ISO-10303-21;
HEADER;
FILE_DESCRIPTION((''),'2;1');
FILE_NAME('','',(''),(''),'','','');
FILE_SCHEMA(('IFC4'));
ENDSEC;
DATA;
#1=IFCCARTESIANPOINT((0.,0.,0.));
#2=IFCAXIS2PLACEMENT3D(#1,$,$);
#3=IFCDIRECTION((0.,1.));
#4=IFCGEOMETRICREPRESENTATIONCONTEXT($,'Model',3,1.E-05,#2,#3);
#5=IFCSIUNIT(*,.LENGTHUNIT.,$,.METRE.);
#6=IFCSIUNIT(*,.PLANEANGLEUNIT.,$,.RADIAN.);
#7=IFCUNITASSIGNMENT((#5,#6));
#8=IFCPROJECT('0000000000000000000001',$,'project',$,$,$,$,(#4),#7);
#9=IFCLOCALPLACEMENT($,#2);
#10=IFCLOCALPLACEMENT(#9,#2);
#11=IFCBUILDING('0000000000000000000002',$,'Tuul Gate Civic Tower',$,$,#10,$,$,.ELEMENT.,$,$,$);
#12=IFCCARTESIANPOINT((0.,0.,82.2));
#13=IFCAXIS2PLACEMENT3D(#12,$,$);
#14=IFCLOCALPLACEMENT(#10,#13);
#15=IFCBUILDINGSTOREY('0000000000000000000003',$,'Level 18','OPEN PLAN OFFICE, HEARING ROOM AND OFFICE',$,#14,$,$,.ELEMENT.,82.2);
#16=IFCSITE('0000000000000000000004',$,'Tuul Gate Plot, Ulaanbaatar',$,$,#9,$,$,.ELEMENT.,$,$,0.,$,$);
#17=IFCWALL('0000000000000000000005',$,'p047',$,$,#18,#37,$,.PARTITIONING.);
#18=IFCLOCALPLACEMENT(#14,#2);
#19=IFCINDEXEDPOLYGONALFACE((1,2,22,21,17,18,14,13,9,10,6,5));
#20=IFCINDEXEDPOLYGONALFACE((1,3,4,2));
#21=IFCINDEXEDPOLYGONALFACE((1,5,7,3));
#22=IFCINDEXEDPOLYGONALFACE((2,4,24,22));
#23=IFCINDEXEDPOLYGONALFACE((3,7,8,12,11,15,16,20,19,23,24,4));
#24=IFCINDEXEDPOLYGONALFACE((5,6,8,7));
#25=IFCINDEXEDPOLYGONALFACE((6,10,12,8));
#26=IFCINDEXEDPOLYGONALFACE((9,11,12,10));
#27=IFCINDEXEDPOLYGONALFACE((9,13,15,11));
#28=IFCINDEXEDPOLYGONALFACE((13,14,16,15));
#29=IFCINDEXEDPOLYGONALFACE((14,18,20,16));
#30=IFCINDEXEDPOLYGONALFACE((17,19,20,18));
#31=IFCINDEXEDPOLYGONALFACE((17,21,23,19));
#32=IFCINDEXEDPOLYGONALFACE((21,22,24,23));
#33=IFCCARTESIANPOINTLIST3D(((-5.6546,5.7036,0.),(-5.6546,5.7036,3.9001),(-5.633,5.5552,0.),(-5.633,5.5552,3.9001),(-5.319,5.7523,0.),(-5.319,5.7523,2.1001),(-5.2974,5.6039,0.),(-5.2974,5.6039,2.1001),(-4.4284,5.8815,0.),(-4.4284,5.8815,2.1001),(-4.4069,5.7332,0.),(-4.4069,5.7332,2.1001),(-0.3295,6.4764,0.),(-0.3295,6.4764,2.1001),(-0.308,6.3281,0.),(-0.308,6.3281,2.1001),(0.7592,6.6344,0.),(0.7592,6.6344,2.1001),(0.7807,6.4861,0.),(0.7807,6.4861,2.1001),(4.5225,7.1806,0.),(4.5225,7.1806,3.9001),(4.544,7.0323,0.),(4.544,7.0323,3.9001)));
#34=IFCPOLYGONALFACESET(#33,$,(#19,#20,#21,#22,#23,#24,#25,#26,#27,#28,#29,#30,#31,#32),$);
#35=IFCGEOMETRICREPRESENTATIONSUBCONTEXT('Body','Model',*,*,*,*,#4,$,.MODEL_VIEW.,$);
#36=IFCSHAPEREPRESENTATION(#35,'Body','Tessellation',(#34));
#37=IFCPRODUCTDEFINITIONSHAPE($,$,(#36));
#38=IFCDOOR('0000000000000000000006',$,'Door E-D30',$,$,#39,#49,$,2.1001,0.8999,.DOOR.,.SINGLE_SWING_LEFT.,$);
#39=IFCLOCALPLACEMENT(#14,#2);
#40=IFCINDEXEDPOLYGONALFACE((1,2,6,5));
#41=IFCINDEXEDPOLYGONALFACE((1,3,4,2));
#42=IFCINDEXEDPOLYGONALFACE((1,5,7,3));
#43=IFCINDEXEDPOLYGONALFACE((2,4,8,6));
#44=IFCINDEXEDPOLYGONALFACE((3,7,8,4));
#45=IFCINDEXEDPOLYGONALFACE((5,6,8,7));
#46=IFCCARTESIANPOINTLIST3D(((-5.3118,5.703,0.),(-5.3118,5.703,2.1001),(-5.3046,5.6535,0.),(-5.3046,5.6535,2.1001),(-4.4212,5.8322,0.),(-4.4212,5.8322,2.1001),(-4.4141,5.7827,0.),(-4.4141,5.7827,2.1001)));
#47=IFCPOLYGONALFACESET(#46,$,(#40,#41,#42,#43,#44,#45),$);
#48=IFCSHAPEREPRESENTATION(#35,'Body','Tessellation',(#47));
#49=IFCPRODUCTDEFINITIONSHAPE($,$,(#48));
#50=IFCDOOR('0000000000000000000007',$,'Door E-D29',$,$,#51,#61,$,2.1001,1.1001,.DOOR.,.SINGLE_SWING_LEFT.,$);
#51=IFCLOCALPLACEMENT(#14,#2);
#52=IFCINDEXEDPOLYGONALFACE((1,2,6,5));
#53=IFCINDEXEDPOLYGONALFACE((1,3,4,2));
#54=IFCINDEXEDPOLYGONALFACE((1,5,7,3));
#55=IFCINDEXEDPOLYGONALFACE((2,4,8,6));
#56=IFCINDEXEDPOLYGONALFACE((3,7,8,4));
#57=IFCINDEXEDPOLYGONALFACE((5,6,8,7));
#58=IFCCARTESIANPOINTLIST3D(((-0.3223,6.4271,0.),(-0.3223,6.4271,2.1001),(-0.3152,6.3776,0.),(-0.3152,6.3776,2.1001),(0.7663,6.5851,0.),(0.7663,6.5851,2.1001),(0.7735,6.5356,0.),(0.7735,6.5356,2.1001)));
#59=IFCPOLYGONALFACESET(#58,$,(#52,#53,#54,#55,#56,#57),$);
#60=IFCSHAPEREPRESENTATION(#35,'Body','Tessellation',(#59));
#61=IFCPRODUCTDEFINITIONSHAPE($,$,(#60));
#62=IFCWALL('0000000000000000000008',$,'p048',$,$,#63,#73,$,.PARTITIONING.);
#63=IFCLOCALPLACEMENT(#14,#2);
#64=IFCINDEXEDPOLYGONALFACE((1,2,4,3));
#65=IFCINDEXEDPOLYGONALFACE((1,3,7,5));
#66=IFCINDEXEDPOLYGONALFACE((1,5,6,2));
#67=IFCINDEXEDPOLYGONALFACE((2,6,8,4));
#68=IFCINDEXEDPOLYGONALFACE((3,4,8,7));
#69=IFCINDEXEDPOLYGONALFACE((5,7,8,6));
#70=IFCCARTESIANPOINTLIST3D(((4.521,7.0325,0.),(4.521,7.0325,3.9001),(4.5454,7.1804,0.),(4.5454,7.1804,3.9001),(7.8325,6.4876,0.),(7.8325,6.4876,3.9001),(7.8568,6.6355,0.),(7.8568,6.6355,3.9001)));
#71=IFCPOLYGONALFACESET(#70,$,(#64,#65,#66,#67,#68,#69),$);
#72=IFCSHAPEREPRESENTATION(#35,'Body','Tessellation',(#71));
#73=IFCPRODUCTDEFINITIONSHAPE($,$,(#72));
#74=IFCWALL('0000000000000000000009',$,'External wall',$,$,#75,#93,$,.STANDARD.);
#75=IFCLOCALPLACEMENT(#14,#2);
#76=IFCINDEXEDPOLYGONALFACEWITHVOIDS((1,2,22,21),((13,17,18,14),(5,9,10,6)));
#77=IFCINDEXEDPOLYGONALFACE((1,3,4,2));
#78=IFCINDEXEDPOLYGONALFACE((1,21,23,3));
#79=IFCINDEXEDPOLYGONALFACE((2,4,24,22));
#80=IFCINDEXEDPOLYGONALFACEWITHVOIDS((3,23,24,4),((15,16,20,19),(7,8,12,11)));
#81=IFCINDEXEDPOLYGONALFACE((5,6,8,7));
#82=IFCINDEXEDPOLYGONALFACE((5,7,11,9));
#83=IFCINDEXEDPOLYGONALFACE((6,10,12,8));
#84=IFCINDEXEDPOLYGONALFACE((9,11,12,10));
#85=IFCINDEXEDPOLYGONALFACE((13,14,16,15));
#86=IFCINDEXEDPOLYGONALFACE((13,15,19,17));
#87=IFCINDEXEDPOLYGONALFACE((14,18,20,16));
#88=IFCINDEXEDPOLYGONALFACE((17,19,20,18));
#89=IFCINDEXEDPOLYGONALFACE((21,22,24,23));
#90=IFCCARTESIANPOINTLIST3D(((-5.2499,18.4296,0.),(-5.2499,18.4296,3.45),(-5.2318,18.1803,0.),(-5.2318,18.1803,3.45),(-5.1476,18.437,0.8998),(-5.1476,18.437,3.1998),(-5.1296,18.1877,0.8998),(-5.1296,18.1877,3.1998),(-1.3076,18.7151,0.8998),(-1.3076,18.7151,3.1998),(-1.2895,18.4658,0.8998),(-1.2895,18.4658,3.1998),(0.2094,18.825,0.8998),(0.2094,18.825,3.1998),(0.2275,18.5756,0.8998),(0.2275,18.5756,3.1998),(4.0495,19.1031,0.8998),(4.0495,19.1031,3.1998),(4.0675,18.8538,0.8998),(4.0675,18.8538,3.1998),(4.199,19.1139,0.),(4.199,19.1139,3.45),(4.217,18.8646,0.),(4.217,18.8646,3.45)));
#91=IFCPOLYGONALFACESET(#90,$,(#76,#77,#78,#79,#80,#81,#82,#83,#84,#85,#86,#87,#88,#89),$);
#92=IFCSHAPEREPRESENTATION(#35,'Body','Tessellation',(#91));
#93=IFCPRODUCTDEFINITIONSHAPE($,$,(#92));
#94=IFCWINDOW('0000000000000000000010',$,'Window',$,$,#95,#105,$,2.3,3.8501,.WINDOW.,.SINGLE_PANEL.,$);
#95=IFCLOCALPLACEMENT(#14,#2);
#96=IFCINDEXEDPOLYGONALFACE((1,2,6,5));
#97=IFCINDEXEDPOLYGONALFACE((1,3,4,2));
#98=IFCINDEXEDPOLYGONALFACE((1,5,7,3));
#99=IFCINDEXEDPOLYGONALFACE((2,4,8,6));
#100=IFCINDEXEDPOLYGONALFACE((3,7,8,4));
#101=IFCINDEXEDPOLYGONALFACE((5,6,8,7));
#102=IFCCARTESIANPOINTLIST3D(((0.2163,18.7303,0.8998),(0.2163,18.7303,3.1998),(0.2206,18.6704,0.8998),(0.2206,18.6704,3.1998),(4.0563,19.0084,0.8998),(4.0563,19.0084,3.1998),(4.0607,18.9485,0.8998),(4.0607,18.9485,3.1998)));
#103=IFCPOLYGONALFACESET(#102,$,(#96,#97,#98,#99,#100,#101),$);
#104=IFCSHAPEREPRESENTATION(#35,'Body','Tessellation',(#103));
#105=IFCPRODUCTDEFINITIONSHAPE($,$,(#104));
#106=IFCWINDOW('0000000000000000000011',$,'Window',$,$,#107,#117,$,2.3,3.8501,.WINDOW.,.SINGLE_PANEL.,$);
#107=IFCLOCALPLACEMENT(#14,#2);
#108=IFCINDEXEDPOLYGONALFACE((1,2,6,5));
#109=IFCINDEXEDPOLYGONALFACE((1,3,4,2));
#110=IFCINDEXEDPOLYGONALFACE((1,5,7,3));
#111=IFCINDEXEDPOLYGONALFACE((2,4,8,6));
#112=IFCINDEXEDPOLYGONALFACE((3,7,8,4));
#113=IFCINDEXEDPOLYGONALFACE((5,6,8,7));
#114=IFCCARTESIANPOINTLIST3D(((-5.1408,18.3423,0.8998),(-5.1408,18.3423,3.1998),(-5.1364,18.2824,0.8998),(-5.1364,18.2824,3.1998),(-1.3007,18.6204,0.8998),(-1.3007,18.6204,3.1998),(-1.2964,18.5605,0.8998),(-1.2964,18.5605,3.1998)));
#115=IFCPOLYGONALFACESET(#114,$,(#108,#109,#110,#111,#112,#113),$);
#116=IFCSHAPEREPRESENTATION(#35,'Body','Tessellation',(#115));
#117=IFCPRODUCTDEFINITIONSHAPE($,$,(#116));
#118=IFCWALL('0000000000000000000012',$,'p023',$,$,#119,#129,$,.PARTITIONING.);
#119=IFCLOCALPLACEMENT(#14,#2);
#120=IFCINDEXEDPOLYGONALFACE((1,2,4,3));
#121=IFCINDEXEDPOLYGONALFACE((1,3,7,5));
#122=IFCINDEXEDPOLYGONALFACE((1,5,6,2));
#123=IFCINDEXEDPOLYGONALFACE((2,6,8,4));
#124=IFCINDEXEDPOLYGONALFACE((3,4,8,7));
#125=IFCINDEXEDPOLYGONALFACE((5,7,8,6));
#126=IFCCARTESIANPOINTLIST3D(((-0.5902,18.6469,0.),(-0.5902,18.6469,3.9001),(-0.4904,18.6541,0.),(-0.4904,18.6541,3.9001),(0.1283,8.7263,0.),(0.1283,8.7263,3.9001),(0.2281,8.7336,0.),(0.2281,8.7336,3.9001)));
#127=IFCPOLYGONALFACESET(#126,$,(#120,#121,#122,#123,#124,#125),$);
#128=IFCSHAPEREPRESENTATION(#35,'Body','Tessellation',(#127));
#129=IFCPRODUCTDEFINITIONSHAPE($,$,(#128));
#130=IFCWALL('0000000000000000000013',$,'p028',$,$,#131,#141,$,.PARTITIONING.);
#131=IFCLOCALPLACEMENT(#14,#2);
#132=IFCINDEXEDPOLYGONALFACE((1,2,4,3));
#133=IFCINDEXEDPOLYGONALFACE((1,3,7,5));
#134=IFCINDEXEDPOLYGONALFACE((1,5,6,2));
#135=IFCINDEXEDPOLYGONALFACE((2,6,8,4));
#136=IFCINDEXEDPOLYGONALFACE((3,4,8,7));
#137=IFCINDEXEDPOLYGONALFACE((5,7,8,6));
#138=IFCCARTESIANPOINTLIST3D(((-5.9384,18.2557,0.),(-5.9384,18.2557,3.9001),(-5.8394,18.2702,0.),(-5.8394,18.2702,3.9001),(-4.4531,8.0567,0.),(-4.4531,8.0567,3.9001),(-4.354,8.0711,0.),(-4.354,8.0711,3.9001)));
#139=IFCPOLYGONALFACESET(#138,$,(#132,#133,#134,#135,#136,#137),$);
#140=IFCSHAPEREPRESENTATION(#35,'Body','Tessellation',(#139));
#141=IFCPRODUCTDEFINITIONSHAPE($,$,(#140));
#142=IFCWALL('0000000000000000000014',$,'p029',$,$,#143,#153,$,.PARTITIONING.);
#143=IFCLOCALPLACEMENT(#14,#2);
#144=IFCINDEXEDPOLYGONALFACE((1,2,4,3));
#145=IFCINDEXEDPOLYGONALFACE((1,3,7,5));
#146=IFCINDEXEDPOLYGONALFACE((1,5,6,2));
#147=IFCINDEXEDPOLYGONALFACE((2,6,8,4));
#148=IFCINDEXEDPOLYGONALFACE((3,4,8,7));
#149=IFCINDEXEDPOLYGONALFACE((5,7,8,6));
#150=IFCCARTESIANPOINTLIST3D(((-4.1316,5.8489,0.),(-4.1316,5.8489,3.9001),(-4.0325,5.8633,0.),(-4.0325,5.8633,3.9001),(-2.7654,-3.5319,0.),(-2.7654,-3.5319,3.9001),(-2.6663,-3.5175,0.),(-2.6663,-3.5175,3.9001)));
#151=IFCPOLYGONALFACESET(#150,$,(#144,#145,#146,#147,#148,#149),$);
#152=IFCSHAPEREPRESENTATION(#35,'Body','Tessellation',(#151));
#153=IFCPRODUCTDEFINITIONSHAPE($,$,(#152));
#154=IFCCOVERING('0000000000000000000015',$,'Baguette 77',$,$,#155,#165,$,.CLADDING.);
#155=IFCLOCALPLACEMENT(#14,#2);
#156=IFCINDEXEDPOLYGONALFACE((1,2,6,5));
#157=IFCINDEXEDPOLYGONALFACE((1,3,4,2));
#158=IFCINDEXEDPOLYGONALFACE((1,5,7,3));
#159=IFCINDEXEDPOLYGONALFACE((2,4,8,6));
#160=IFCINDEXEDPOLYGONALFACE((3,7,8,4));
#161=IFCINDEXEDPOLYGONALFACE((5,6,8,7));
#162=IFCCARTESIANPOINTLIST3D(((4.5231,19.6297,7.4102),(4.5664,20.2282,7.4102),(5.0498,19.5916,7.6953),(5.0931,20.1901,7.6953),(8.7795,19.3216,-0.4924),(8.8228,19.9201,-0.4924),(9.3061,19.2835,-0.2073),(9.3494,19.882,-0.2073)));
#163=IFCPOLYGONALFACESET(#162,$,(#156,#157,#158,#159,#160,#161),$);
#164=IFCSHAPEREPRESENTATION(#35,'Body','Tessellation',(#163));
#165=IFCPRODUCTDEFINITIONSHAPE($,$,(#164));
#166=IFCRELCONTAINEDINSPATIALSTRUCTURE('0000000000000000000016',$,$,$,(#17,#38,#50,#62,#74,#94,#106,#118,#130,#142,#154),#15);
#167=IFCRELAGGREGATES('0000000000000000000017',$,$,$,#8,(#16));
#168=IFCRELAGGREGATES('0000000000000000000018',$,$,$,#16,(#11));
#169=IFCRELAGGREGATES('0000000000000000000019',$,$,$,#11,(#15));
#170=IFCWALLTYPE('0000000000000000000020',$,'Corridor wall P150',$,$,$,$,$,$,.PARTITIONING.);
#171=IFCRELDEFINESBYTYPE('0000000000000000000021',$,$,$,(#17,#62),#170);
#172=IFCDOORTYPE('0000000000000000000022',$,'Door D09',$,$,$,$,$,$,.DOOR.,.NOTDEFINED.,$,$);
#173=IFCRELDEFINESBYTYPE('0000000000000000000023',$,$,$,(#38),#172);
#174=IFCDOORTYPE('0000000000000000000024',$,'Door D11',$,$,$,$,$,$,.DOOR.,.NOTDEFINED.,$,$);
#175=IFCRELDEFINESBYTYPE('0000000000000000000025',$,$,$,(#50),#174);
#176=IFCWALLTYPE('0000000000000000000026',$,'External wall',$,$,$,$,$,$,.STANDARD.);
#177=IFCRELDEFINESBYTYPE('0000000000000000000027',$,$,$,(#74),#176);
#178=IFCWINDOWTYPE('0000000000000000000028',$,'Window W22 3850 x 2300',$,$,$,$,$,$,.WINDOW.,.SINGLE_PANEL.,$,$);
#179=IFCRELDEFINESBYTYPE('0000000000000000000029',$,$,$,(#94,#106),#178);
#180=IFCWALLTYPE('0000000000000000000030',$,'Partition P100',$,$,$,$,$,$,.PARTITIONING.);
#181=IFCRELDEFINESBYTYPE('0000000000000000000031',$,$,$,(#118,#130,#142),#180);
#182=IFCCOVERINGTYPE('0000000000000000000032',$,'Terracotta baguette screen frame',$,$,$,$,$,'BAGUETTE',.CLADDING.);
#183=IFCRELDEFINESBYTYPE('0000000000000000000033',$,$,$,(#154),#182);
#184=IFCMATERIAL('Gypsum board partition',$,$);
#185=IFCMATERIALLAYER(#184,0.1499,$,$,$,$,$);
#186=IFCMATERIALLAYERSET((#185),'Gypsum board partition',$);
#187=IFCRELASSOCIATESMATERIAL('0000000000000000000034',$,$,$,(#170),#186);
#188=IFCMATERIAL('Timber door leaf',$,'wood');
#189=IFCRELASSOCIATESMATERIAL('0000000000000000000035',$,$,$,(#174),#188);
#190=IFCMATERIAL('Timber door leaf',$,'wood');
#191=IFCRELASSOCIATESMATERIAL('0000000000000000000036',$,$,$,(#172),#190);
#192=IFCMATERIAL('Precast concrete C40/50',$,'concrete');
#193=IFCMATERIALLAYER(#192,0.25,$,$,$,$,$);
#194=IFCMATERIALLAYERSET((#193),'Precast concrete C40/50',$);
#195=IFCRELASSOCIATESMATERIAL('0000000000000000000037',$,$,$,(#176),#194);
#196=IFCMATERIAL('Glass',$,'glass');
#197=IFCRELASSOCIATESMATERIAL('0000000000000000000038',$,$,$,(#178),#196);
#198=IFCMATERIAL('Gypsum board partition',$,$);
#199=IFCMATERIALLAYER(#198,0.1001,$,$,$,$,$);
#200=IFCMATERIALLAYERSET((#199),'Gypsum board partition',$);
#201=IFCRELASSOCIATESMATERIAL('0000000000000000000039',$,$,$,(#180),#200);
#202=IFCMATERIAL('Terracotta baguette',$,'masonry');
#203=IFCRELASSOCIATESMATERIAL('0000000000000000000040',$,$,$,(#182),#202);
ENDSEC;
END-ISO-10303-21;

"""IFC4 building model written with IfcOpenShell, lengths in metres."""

from ifc_helpers import new_model, si_unit, direction, frame, frame_2d, origin, origin_2d, place, context, subcontext, project, spatial, rectangle, extrude, material, layer, layer_set, material_profile, profile_set, type_object, element, fill, save


model = new_model("IFC4")

# Units and contexts
model_context = context("Model", 3, precision=1e-05, world=origin(), true_north=direction((0.0, 1.0)))
body_context = subcontext(model_context, "Body", "Model", "MODEL_VIEW")
ifc_project = project(units=[si_unit("LENGTHUNIT", "METRE"), si_unit("PLANEANGLEUNIT", "RADIAN")], contexts=[model_context])

# Site, building, storey
site_placement = place(None, origin())
site = spatial("IfcSite", under=ifc_project, at=site_placement, Name="Tuul Gate Plot, Ulaanbaatar", CompositionType="ELEMENT", RefElevation=0.0)
building_placement = place(site_placement, origin())
building = spatial("IfcBuilding", under=site, at=building_placement, Name="Tuul Gate Civic Tower", CompositionType="ELEMENT")
storey_placement = place(building_placement, frame((0.0, 0.0, 82.2)))
storey = spatial("IfcBuildingStorey", under=building, at=storey_placement, Name="Level 18", Description="OPEN PLAN OFFICE, HEARING ROOM AND OFFICE", CompositionType="ELEMENT", Elevation=82.2)

# Shared definitions
ifc_material_1 = material(Name="Gypsum board partition")
ifc_layer_1 = layer(ifc_material_1, 0.1499)
ifc_layer_set_1 = layer_set([ifc_layer_1], Name="Gypsum board partition")
wall_type_1 = type_object("IfcWallType", Name="Corridor wall P150", PredefinedType="PARTITIONING", material=ifc_layer_set_1)

# Wall, openings, doors
ifc_material_2 = material(Name="Timber door leaf", Category="wood")
door_type_1 = type_object("IfcDoorType", Name="Door D11", OperationType="NOTDEFINED", PredefinedType="DOOR", material=ifc_material_2)
wall_1_placement = place(storey_placement, frame((-5.6438, 5.6294, 0.0), z_axis=(0.0, 0.0, 1.0), x_axis=(0.989631, 0.143631, 0.0)))
wall_1 = element("IfcWall", 1, at=wall_1_placement, inside=storey, type_object=wall_type_1, Name="p047", PredefinedType="PARTITIONING", context=body_context, shape_type="SweptSolid", body=[
    extrude(rectangle(XDim=10.2837, YDim=0.1499, at=frame_2d((5.1418, 0.0))), origin(), (0.0, 0.0, 1.0), 3.9001),
])
opening_1_placement = place(wall_1_placement, frame((5.3809, 0.0, 0.0)))
opening_1 = element("IfcOpeningElement", 2, at=opening_1_placement, cuts=wall_1, PredefinedType="OPENING", context=body_context, shape_type="SweptSolid", body=[
    extrude(rectangle(XDim=1.1001, YDim=2.1001, at=frame_2d((0.55, 1.05))), frame((0.0, 0.085, 0.0), z_axis=(0.0, -1.0, 0.0), x_axis=(1.0, 0.0, 0.0)), (0.0, 0.0, 1.0), 0.1699),
])
opening_2_placement = place(wall_1_placement, frame((0.3391, 0.0, 0.0)))
opening_2 = element("IfcOpeningElement", 3, at=opening_2_placement, cuts=wall_1, PredefinedType="OPENING", context=body_context, shape_type="SweptSolid", body=[
    extrude(rectangle(XDim=0.8999, YDim=2.1001, at=frame_2d((0.45, 1.05))), frame((0.0, 0.085, 0.0), z_axis=(0.0, -1.0, 0.0), x_axis=(1.0, 0.0, 0.0)), (0.0, 0.0, 1.0), 0.1699),
])
ifc_material_3 = material(Name="Timber door leaf", Category="wood")
door_type_2 = type_object("IfcDoorType", Name="Door D09", OperationType="NOTDEFINED", PredefinedType="DOOR", material=ifc_material_3)
door_1_placement = place(opening_2_placement, frame((0.8999, 0.0, 0.0), z_axis=(0.0, 0.0, 1.0), x_axis=(-1.0, 0.0, 0.0)))
door_1 = element("IfcDoor", 4, at=door_1_placement, inside=storey, type_object=door_type_2, Name="Door E-D30", OperationType="SINGLE_SWING_LEFT", OverallHeight=2.1001, OverallWidth=0.8999, PredefinedType="DOOR", context=body_context, shape_type="SweptSolid", body=[
    extrude(rectangle(XDim=0.8999, YDim=2.1001, at=frame_2d((0.45, 1.05))), frame((0.0, 0.0249, 0.0), z_axis=(0.0, -1.0, 0.0), x_axis=(1.0, 0.0, 0.0)), (0.0, 0.0, 1.0), 0.05),
])
fill(opening_2, door_1)
door_2_placement = place(opening_1_placement, frame((1.1001, 0.0, 0.0), z_axis=(0.0, 0.0, 1.0), x_axis=(-1.0, 0.0, 0.0)))
door_2 = element("IfcDoor", 5, at=door_2_placement, inside=storey, type_object=door_type_1, Name="Door E-D29", OperationType="SINGLE_SWING_LEFT", OverallHeight=2.1001, OverallWidth=1.1001, PredefinedType="DOOR", context=body_context, shape_type="SweptSolid", body=[
    extrude(rectangle(XDim=1.1001, YDim=2.1001, at=frame_2d((0.55, 1.05))), frame((0.0, 0.0249, 0.0), z_axis=(0.0, -1.0, 0.0), x_axis=(1.0, 0.0, 0.0)), (0.0, 0.0, 1.0), 0.05),
])
fill(opening_1, door_2)

# Wall
wall_2_placement = place(storey_placement, frame((4.5332, 7.1064, 0.0), z_axis=(0.0, 0.0, 1.0), x_axis=(0.98673, -0.16237, 0.0)))
element("IfcWall", 6, at=wall_2_placement, inside=storey, type_object=wall_type_1, Name="p048", PredefinedType="PARTITIONING", context=body_context, shape_type="SweptSolid", body=[
    extrude(rectangle(XDim=3.356, YDim=0.1499, at=frame_2d((1.678, 0.0))), origin(), (0.0, 0.0, 1.0), 3.9001),
])

# Wall, openings, windows
ifc_material_4 = material(Name="Precast concrete C40/50", Category="concrete")
ifc_layer_2 = layer(ifc_material_4, 0.25)
ifc_layer_set_2 = layer_set([ifc_layer_2], Name="Precast concrete C40/50")
wall_type_2 = type_object("IfcWallType", Name="External wall", PredefinedType="STANDARD", material=ifc_layer_set_2)
wall_3_placement = place(storey_placement, frame((4.208, 18.9893, 0.0), z_axis=(0.0, 0.0, 1.0), x_axis=(-0.997388, -0.072234, 0.0)))
wall_3 = element("IfcWall", 7, at=wall_3_placement, inside=storey, type_object=wall_type_2, Name="External wall", PredefinedType="STANDARD", context=body_context, shape_type="SweptSolid", body=[
    extrude(rectangle(XDim=9.4736, YDim=0.25, at=frame_2d((4.7368, 0.0))), origin(), (0.0, 0.0, 1.0), 3.45),
])
opening_3_placement = place(wall_3_placement, frame((0.1499, 0.0, 0.8999)))
opening_3 = element("IfcOpeningElement", 8, at=opening_3_placement, cuts=wall_3, PredefinedType="OPENING", context=body_context, shape_type="SweptSolid", body=[
    extrude(rectangle(XDim=3.8501, YDim=2.3, at=frame_2d((1.925, 1.1499))), frame((0.0, 0.135, 0.0), z_axis=(0.0, -1.0, 0.0), x_axis=(1.0, 0.0, 0.0)), (0.0, 0.0, 1.0), 0.27),
])
opening_4_placement = place(wall_3_placement, frame((5.521, 0.0, 0.8999)))
opening_4 = element("IfcOpeningElement", 9, at=opening_4_placement, cuts=wall_3, PredefinedType="OPENING", context=body_context, shape_type="SweptSolid", body=[
    extrude(rectangle(XDim=3.8501, YDim=2.3, at=frame_2d((1.925, 1.1499))), frame((0.0, 0.135, 0.0), z_axis=(0.0, -1.0, 0.0), x_axis=(1.0, 0.0, 0.0)), (0.0, 0.0, 1.0), 0.27),
])
ifc_material_5 = material(Name="Glass", Category="glass")
window_type = type_object("IfcWindowType", Name="Window W22 3850 x 2300", PartitioningType="SINGLE_PANEL", PredefinedType="WINDOW", material=ifc_material_5)
window_1_placement = place(opening_3_placement, origin())
window_1 = element("IfcWindow", 10, at=window_1_placement, inside=storey, type_object=window_type, Name="Window", OverallHeight=2.3, OverallWidth=3.8501, PartitioningType="SINGLE_PANEL", PredefinedType="WINDOW", context=body_context, shape_type="SweptSolid", body=[
    extrude(rectangle(XDim=3.8501, YDim=2.3, at=frame_2d((1.925, 1.1499))), frame((0.0, 0.03, 0.0), z_axis=(0.0, -1.0, 0.0), x_axis=(1.0, 0.0, 0.0)), (0.0, 0.0, 1.0), 0.0601),
])
fill(opening_3, window_1)
window_2_placement = place(opening_4_placement, origin())
window_2 = element("IfcWindow", 11, at=window_2_placement, inside=storey, type_object=window_type, Name="Window", OverallHeight=2.3, OverallWidth=3.8501, PartitioningType="SINGLE_PANEL", PredefinedType="WINDOW", context=body_context, shape_type="SweptSolid", body=[
    extrude(rectangle(XDim=3.8501, YDim=2.3, at=frame_2d((1.925, 1.1499))), frame((0.0, 0.03, 0.0), z_axis=(0.0, -1.0, 0.0), x_axis=(1.0, 0.0, 0.0)), (0.0, 0.0, 1.0), 0.0601),
])
fill(opening_4, window_2)

# Walls
ifc_material_6 = material(Name="Gypsum board partition")
ifc_layer_3 = layer(ifc_material_6, 0.1001)
ifc_layer_set_3 = layer_set([ifc_layer_3], Name="Gypsum board partition")
wall_type_3 = type_object("IfcWallType", Name="Partition P100", PredefinedType="PARTITIONING", material=ifc_layer_set_3)
wall_4_placement = place(storey_placement, frame((-0.5403, 18.6504, 0.0), z_axis=(0.0, 0.0, 1.0), x_axis=(0.072236, -0.997388, 0.0)))
element("IfcWall", 12, at=wall_4_placement, inside=storey, type_object=wall_type_3, Name="p023", PredefinedType="PARTITIONING", context=body_context, shape_type="SweptSolid", body=[
    extrude(rectangle(XDim=9.9465, YDim=0.1001, at=frame_2d((4.9731, 0.0))), origin(), (0.0, 0.0, 1.0), 3.9001),
])
wall_5_placement = place(storey_placement, frame((-5.8889, 18.2629, 0.0), z_axis=(0.0, 0.0, 1.0), x_axis=(0.144117, -0.989561, 0.0)))
element("IfcWall", 13, at=wall_5_placement, inside=storey, type_object=wall_type_3, Name="p028", PredefinedType="PARTITIONING", context=body_context, shape_type="SweptSolid", body=[
    extrude(rectangle(XDim=10.3066, YDim=0.1001, at=frame_2d((5.1533, 0.0))), origin(), (0.0, 0.0, 1.0), 3.9001),
])
wall_6_placement = place(storey_placement, frame((-4.082, 5.856, 0.0), z_axis=(0.0, 0.0, 1.0), x_axis=(0.144118, -0.989561, 0.0)))
element("IfcWall", 14, at=wall_6_placement, inside=storey, type_object=wall_type_3, Name="p029", PredefinedType="PARTITIONING", context=body_context, shape_type="SweptSolid", body=[
    extrude(rectangle(XDim=9.4797, YDim=0.1001, at=frame_2d((4.7397, 0.0))), origin(), (0.0, 0.0, 1.0), 3.9001),
])

# Covering
ifc_material_7 = material(Name="Terracotta baguette", Category="masonry")
ifc_material_profile_1 = material_profile(ifc_material_7, rectangle(XDim=0.6001, YDim=0.6001, at=origin_2d()), Name="Terracotta baguette screen frame")
ifc_profile_set_1 = profile_set([ifc_material_profile_1], Name="Terracotta baguette")
covering_type = type_object("IfcCoveringType", Name="Terracotta baguette screen frame", ElementType="BAGUETTE", PredefinedType="CLADDING", material=ifc_profile_set_1)
covering_1_placement = place(storey_placement, frame((4.8081, 19.9099, 7.5527), z_axis=(0.473916, -0.034306, -0.879901), x_axis=(0.072198, 0.99739, 0.0)))
element("IfcCovering", 15, at=covering_1_placement, inside=storey, type_object=covering_type, Name="Baguette 77", PredefinedType="CLADDING", context=body_context, shape_type="SweptSolid", body=[
    extrude(rectangle(XDim=0.6001, YDim=0.6001, at=origin_2d()), origin(), (0.0, 0.0, 1.0), 8.9812),
])

save(model, "model.ifc")
